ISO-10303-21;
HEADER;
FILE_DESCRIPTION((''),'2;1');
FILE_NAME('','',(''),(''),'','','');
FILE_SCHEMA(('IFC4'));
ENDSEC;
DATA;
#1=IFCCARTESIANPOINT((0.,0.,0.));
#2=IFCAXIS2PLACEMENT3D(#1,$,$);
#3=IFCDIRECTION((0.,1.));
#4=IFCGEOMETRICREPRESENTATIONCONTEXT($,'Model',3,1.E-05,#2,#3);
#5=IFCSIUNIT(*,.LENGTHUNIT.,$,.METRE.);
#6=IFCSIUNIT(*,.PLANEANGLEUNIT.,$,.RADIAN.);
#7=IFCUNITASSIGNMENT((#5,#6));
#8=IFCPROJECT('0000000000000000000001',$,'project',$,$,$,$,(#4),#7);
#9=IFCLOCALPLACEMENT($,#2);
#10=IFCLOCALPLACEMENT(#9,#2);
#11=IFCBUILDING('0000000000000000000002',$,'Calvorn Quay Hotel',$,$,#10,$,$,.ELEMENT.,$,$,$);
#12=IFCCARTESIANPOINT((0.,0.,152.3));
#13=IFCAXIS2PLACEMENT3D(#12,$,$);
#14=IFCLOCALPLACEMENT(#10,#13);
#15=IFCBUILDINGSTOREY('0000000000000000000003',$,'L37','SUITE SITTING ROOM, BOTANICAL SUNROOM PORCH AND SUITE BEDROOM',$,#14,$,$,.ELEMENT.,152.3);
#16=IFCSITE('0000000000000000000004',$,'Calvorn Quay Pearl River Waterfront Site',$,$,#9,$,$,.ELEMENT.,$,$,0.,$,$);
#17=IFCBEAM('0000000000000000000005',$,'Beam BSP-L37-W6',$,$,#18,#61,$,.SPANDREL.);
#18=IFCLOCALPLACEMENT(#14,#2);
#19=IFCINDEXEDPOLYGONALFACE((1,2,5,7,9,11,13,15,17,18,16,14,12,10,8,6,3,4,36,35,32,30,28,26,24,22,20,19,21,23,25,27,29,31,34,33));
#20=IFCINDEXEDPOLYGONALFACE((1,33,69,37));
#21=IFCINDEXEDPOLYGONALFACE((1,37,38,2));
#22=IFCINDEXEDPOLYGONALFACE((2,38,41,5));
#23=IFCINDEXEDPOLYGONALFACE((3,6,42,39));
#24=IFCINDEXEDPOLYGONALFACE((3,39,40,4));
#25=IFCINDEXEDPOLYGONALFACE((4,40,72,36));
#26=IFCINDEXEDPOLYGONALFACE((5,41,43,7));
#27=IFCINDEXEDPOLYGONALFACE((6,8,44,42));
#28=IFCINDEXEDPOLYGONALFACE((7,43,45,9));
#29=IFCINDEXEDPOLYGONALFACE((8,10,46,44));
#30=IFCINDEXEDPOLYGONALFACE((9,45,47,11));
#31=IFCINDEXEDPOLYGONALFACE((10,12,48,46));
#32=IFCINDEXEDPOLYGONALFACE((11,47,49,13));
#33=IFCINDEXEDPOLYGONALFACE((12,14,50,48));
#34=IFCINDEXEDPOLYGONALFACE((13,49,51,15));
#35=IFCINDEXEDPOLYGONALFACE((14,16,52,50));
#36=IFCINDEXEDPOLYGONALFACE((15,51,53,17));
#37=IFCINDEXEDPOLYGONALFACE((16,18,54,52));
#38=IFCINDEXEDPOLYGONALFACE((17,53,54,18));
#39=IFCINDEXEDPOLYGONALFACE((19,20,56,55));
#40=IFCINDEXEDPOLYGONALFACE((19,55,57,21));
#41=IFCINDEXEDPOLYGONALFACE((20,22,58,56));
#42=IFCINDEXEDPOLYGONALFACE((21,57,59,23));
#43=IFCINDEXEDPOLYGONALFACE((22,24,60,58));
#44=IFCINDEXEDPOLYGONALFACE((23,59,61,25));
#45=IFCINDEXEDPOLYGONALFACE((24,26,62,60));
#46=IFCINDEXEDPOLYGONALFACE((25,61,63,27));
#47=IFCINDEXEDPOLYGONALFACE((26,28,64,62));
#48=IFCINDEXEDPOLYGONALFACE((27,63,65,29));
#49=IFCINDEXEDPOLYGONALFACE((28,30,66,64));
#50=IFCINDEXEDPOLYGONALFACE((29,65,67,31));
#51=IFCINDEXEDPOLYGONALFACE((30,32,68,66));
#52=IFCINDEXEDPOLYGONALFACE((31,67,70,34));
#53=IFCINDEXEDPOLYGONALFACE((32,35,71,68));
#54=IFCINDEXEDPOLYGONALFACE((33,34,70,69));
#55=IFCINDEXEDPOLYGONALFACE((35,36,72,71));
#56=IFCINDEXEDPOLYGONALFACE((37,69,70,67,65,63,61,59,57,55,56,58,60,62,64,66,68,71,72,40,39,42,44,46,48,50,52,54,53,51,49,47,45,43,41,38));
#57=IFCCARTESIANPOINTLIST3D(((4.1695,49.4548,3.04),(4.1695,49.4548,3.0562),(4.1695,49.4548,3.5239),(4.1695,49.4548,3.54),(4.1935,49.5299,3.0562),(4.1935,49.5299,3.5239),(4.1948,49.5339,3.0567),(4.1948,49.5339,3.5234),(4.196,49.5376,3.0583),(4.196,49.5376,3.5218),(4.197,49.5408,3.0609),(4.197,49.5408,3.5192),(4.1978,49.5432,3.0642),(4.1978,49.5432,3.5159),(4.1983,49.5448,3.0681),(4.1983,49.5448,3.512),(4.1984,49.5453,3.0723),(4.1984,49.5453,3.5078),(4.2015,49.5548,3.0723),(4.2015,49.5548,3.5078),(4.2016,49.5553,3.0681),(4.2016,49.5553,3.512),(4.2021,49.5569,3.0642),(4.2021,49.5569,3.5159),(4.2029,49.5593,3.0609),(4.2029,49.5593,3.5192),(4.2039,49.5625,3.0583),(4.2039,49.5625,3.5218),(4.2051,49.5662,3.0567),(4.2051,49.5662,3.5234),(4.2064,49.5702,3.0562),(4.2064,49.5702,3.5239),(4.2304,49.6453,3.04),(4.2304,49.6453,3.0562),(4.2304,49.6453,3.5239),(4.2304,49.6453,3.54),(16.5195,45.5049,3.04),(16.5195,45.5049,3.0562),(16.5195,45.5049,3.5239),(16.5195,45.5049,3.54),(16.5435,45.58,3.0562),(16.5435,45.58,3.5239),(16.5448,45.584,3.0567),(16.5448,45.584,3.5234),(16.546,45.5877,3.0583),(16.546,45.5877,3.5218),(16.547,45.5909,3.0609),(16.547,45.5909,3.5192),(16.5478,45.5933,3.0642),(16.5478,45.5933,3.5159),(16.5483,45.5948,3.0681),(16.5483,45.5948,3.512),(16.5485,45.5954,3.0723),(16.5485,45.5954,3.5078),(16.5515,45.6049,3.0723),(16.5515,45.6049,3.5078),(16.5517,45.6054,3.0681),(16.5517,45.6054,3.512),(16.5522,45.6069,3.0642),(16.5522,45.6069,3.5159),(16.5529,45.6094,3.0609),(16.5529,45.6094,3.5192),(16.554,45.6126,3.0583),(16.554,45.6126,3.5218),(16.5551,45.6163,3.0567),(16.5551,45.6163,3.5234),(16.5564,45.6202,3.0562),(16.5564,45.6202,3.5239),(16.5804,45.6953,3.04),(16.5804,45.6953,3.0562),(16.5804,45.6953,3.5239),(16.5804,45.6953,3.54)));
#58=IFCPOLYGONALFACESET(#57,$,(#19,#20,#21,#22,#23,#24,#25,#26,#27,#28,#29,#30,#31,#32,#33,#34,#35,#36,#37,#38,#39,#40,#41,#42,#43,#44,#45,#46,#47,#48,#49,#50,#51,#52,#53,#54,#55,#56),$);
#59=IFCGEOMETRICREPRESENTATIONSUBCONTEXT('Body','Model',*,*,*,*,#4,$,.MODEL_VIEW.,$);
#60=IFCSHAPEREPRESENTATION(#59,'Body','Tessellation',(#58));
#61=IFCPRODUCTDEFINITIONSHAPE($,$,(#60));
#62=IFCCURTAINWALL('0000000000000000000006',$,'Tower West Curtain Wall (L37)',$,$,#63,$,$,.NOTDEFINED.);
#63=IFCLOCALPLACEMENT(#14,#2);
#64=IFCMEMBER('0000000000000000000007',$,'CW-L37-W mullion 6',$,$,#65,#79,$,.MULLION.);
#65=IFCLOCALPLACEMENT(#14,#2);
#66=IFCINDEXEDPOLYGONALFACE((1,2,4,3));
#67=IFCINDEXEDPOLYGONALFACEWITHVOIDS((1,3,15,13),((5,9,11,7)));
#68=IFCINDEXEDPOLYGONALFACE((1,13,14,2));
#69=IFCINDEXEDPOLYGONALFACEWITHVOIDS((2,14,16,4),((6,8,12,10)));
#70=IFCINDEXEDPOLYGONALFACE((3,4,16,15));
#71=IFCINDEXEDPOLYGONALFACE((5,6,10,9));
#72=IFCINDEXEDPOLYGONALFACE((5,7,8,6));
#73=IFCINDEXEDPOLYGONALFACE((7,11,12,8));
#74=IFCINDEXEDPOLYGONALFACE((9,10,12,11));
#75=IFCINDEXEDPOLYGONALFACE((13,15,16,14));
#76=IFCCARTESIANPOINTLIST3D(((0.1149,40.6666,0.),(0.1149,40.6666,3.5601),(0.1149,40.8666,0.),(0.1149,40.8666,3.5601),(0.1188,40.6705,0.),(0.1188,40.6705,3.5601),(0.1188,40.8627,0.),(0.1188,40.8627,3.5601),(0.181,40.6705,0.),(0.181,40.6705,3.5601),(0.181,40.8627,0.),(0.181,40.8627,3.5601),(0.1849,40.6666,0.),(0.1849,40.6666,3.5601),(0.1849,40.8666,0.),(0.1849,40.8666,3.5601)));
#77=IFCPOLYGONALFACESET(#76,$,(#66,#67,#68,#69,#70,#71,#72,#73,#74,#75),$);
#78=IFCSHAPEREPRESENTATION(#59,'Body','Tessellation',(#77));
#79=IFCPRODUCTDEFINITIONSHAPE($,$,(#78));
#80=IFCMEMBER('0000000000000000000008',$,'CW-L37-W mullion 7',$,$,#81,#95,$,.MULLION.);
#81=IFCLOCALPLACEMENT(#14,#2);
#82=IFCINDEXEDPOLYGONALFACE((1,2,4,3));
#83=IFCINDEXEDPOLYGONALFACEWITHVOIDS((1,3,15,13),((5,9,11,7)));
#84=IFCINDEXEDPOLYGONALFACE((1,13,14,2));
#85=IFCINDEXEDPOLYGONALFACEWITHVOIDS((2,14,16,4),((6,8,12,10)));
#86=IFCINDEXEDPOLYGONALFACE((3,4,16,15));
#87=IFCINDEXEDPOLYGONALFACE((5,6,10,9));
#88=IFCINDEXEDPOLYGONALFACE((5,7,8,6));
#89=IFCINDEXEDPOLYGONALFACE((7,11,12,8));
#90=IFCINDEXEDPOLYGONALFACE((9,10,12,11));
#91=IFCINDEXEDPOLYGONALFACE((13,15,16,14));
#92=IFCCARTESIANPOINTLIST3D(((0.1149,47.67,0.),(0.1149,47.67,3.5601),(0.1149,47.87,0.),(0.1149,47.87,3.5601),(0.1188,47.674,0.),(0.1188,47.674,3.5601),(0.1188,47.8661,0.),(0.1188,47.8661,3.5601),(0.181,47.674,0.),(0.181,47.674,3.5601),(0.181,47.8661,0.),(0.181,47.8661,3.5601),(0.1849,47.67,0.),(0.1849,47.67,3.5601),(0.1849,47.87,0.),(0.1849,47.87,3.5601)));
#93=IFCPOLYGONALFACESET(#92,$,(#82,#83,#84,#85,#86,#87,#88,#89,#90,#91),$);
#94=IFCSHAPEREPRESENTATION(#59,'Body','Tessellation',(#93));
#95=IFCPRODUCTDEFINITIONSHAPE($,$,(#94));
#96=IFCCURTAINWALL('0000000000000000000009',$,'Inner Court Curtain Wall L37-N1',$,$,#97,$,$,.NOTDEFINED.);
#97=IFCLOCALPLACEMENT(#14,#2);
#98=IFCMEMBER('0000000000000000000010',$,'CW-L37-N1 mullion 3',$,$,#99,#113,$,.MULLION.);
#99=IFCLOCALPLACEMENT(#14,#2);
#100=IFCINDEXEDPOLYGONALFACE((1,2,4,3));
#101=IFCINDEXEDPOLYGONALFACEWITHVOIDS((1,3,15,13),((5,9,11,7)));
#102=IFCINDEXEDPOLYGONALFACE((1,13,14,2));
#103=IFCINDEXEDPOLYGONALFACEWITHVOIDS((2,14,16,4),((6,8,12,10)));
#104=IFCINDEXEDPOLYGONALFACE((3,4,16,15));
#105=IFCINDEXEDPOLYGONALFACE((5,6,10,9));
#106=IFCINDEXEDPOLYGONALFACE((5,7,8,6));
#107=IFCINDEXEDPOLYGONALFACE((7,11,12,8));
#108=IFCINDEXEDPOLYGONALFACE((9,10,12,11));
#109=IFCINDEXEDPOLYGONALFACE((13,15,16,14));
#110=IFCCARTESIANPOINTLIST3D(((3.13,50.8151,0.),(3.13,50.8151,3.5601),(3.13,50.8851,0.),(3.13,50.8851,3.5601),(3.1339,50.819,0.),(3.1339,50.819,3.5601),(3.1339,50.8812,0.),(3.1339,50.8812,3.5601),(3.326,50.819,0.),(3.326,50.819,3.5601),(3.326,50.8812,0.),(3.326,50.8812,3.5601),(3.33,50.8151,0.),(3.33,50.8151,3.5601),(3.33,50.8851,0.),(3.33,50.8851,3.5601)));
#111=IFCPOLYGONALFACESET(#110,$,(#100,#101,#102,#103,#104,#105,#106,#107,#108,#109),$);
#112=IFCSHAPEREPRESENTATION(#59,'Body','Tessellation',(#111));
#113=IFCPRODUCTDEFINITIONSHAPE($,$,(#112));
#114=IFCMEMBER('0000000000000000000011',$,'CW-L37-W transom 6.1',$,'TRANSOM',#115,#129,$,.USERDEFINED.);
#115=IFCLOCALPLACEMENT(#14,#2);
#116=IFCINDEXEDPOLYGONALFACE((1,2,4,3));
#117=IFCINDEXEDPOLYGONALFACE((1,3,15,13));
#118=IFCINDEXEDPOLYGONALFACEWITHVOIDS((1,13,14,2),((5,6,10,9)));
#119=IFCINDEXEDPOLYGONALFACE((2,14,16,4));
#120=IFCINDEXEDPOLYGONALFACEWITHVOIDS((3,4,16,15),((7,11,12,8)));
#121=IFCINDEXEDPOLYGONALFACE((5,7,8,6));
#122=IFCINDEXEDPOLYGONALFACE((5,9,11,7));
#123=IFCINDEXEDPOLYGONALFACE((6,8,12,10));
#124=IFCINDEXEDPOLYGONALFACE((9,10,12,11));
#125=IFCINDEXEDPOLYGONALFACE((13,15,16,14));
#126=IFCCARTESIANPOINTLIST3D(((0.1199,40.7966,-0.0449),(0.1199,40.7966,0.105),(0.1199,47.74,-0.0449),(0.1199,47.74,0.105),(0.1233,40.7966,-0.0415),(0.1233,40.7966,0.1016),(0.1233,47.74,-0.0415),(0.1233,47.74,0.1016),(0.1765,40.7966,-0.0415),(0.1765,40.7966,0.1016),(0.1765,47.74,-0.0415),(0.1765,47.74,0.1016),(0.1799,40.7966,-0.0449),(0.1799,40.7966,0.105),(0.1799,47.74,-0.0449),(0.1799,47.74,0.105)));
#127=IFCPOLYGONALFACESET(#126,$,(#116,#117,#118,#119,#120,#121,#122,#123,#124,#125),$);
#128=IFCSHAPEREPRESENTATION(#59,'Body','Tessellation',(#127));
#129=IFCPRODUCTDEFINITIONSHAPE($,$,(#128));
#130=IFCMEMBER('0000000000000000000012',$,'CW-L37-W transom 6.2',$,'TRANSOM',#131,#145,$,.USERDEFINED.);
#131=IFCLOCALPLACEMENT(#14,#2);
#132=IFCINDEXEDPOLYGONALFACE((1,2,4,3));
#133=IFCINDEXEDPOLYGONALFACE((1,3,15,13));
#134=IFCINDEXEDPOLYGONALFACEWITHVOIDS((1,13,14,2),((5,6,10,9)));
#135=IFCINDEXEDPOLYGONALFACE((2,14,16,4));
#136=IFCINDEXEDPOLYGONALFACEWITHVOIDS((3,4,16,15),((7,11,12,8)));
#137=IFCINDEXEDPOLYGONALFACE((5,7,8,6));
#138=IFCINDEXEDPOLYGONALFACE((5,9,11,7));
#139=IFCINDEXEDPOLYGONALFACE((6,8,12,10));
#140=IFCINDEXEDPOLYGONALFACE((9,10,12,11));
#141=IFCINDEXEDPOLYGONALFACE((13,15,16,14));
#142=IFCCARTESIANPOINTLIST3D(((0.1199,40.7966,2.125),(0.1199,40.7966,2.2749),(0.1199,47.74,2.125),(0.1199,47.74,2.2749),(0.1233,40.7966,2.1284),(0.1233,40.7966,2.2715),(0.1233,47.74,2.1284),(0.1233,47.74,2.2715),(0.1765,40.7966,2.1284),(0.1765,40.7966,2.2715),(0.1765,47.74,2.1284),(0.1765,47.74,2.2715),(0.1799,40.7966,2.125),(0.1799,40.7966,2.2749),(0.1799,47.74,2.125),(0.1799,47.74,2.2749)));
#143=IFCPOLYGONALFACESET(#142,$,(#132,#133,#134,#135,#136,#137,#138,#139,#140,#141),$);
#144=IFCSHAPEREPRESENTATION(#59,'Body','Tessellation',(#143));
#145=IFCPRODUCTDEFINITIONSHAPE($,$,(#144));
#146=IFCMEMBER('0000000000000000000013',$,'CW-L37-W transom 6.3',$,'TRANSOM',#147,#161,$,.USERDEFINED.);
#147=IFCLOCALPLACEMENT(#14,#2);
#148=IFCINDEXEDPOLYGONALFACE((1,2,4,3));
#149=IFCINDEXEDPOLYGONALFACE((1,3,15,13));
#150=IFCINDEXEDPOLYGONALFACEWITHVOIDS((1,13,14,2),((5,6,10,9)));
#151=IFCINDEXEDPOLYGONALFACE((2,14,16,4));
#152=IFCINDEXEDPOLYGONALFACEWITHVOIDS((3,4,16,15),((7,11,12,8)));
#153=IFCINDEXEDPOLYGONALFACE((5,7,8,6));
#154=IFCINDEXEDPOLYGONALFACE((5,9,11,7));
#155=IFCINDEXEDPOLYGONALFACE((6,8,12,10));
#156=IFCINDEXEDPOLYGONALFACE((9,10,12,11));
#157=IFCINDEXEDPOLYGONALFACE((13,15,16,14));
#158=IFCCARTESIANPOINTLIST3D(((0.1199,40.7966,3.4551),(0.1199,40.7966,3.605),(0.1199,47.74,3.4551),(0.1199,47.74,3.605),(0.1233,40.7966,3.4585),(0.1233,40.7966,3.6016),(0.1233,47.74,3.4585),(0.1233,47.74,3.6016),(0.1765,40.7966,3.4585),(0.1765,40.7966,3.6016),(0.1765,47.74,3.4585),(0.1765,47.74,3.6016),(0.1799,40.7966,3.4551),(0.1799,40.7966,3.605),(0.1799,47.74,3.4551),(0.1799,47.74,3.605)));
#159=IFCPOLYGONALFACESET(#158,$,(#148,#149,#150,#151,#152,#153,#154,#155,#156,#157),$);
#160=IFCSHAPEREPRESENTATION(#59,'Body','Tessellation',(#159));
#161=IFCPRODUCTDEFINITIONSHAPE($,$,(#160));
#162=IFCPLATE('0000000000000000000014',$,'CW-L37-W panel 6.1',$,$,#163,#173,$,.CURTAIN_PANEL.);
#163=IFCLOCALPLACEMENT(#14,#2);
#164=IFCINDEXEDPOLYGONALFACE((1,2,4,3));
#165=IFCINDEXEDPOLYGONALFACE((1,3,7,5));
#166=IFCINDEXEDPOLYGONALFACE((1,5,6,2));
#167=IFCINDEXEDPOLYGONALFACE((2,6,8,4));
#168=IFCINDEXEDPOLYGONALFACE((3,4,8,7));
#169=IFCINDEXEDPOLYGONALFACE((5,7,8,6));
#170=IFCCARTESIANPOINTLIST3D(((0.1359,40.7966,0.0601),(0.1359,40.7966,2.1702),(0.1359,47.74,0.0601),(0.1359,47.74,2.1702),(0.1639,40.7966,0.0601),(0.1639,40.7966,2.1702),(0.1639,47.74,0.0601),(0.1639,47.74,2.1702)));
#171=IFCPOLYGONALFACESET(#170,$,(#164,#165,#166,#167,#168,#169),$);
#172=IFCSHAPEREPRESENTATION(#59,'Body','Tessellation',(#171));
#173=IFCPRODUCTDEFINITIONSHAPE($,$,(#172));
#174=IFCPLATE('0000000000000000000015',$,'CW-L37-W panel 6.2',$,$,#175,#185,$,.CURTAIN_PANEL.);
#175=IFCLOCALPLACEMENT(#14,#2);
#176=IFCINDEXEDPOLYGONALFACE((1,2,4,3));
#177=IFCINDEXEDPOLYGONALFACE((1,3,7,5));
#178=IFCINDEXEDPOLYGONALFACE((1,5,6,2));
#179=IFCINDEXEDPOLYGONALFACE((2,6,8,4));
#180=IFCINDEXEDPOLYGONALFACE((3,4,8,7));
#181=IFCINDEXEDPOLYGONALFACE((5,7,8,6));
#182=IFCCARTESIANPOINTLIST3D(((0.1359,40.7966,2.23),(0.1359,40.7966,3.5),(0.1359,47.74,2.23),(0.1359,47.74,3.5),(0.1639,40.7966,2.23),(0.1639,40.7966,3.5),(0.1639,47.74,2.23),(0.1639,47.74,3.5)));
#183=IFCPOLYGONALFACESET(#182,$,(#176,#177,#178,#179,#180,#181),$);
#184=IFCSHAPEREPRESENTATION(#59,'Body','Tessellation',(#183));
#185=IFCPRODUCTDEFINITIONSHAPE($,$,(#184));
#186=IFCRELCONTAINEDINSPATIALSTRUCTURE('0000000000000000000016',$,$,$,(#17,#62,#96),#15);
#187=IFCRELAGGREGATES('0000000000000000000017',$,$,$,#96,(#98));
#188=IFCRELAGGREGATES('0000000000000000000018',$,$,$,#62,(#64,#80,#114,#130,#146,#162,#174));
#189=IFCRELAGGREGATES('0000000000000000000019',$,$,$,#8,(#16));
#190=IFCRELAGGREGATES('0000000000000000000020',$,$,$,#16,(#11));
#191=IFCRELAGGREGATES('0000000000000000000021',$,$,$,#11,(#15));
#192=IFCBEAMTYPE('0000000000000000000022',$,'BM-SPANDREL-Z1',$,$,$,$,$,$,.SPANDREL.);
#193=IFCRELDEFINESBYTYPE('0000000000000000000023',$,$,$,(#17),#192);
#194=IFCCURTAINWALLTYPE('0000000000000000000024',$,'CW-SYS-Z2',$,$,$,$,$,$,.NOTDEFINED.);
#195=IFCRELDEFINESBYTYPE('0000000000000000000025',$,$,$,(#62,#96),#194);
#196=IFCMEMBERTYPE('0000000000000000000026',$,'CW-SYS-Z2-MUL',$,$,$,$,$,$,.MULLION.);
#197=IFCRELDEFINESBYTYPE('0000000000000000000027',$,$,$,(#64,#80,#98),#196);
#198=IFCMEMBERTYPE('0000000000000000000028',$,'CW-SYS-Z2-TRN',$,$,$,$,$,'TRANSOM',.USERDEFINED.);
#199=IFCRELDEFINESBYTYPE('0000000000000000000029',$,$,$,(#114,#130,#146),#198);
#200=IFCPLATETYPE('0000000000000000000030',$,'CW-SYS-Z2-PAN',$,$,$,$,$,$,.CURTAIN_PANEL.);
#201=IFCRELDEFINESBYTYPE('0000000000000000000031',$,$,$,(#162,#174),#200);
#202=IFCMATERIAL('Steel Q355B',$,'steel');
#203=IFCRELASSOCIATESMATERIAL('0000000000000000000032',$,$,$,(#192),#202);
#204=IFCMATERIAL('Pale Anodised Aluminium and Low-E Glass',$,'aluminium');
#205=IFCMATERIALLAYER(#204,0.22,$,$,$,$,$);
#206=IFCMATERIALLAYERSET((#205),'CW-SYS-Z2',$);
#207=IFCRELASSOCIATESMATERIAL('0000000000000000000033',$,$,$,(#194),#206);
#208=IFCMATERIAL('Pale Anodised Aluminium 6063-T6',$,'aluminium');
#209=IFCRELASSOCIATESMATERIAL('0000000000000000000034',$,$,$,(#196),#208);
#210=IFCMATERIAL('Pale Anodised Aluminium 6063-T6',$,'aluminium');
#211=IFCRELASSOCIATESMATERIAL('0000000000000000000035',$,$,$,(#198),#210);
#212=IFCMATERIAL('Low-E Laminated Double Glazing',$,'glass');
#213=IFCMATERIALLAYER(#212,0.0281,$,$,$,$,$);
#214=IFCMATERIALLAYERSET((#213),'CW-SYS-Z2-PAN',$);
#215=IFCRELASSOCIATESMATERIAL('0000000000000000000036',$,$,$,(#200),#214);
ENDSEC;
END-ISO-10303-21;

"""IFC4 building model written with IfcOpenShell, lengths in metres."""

from ifc_helpers import new_model, si_unit, direction, frame, origin, origin_2d, place, context, subcontext, project, spatial, rectangle, hollow_rectangle, i_section, extrude, material, layer, layer_set, material_profile, profile_set, type_object, element, aggregate, save


model = new_model("IFC4")

# Units and contexts
model_context = context("Model", 3, precision=1e-05, world=origin(), true_north=direction((0.0, 1.0)))
body_context = subcontext(model_context, "Body", "Model", "MODEL_VIEW")
ifc_project = project(units=[si_unit("LENGTHUNIT", "METRE"), si_unit("PLANEANGLEUNIT", "RADIAN")], contexts=[model_context])

# Site, building, storey
site_placement = place(None, origin())
site = spatial("IfcSite", under=ifc_project, at=site_placement, Name="Calvorn Quay Pearl River Waterfront Site", CompositionType="ELEMENT", RefElevation=0.0)
building_placement = place(site_placement, origin())
building = spatial("IfcBuilding", under=site, at=building_placement, Name="Calvorn Quay Hotel", CompositionType="ELEMENT")
storey_placement = place(building_placement, frame((0.0, 0.0, 152.3)))
storey = spatial("IfcBuildingStorey", under=building, at=storey_placement, Name="L37", Description="SUITE SITTING ROOM, BOTANICAL SUNROOM PORCH AND SUITE BEDROOM", CompositionType="ELEMENT", Elevation=152.3)

# Beam
ifc_material_1 = material(Name="Steel Q355B", Category="steel")
ifc_material_profile_1 = material_profile(ifc_material_1, i_section(OverallWidth=0.2, OverallDepth=0.5, WebThickness=0.01, FlangeThickness=0.0161, FilletRadius=0.0161, at=origin_2d()), Name="HN500x200x10x16")
ifc_profile_set_1 = profile_set([ifc_material_profile_1], Name="Steel Q355B")
beam_type_1 = type_object("IfcBeamType", Name="BM-SPANDREL-Z1", PredefinedType="SPANDREL", material=ifc_profile_set_1)
beam_1_placement = place(storey_placement, frame((4.2, 49.55, 3.29), z_axis=(0.952471, -0.30463, 0.0), x_axis=(0.30463, 0.952471, 0.0)))
element("IfcBeam", 1, at=beam_1_placement, inside=storey, type_object=beam_type_1, Name="Beam BSP-L37-W6", PredefinedType="SPANDREL", context=body_context, shape_type="SweptSolid", body=[
    extrude(i_section(OverallWidth=0.2, OverallDepth=0.5, WebThickness=0.01, FlangeThickness=0.0161, FilletRadius=0.0161, at=origin_2d()), origin(), (0.0, 0.0, 1.0), 12.9663),
])

# Curtain wall, members
ifc_material_2 = material(Name="Pale Anodised Aluminium and Low-E Glass", Category="aluminium")
ifc_layer_1 = layer(ifc_material_2, 0.22)
ifc_layer_set_1 = layer_set([ifc_layer_1], Name="CW-SYS-Z2")
curtain_wall_type = type_object("IfcCurtainWallType", Name="CW-SYS-Z2", PredefinedType="NOTDEFINED", material=ifc_layer_set_1)
curtain_wall_1_placement = place(storey_placement, origin())
curtain_wall_1 = element("IfcCurtainWall", 2, at=curtain_wall_1_placement, inside=storey, type_object=curtain_wall_type, Name="Tower West Curtain Wall (L37)", PredefinedType="NOTDEFINED")
ifc_material_3 = material(Name="Pale Anodised Aluminium 6063-T6", Category="aluminium")
ifc_material_profile_2 = material_profile(ifc_material_3, hollow_rectangle(XDim=0.0701, YDim=0.2, WallThickness=0.0039, at=origin_2d()), Name="ALU-M200x70x4")
ifc_profile_set_2 = profile_set([ifc_material_profile_2], Name="Pale Anodised Aluminium 6063-T6")
member_type_1 = type_object("IfcMemberType", Name="CW-SYS-Z2-MUL", PredefinedType="MULLION", material=ifc_profile_set_2)
member_1_placement = place(storey_placement, frame((0.1499, 40.7666, 0.0), z_axis=(0.0, 0.0, 1.0), x_axis=(-1.0, 0.0, 0.0)))
member_1 = element("IfcMember", 3, at=member_1_placement, type_object=member_type_1, Name="CW-L37-W mullion 6", PredefinedType="MULLION", context=body_context, shape_type="SweptSolid", body=[
    extrude(hollow_rectangle(XDim=0.0701, YDim=0.2, WallThickness=0.0039, at=origin_2d()), origin(), (0.0, 0.0, 1.0), 3.5601),
])
member_2_placement = place(storey_placement, frame((0.1499, 47.77, 0.0), z_axis=(0.0, 0.0, 1.0), x_axis=(-1.0, 0.0, 0.0)))
member_2 = element("IfcMember", 4, at=member_2_placement, type_object=member_type_1, Name="CW-L37-W mullion 7", PredefinedType="MULLION", context=body_context, shape_type="SweptSolid", body=[
    extrude(hollow_rectangle(XDim=0.0701, YDim=0.2, WallThickness=0.0039, at=origin_2d()), origin(), (0.0, 0.0, 1.0), 3.5601),
])

# Curtain wall, member
curtain_wall_2_placement = place(storey_placement, origin())
curtain_wall_2 = element("IfcCurtainWall", 5, at=curtain_wall_2_placement, inside=storey, type_object=curtain_wall_type, Name="Inner Court Curtain Wall L37-N1", PredefinedType="NOTDEFINED")
member_3_placement = place(storey_placement, frame((3.23, 50.8501, 0.0), z_axis=(0.0, 0.0, 1.0), x_axis=(0.0, -1.0, 0.0)))
member_3 = element("IfcMember", 6, at=member_3_placement, type_object=member_type_1, Name="CW-L37-N1 mullion 3", PredefinedType="MULLION", context=body_context, shape_type="SweptSolid", body=[
    extrude(hollow_rectangle(XDim=0.0701, YDim=0.2, WallThickness=0.0039, at=origin_2d()), origin(), (0.0, 0.0, 1.0), 3.5601),
])
aggregate(curtain_wall_2, [member_3])

# Members
ifc_material_4 = material(Name="Pale Anodised Aluminium 6063-T6", Category="aluminium")
ifc_material_profile_3 = material_profile(ifc_material_4, hollow_rectangle(XDim=0.0601, YDim=0.1499, WallThickness=0.0034, at=origin_2d()), Name="ALU-T150x60x3.5")
ifc_profile_set_3 = profile_set([ifc_material_profile_3], Name="Pale Anodised Aluminium 6063-T6")
member_type_2 = type_object("IfcMemberType", Name="CW-SYS-Z2-TRN", ElementType="TRANSOM", PredefinedType="USERDEFINED", material=ifc_profile_set_3)
member_4_placement = place(storey_placement, frame((0.1499, 40.7966, 0.03), z_axis=(0.0, 1.0, 0.0), x_axis=(-1.0, 0.0, 0.0)))
member_4 = element("IfcMember", 7, at=member_4_placement, type_object=member_type_2, Name="CW-L37-W transom 6.1", ObjectType="TRANSOM", PredefinedType="USERDEFINED", context=body_context, shape_type="SweptSolid", body=[
    extrude(hollow_rectangle(XDim=0.0601, YDim=0.1499, WallThickness=0.0034, at=origin_2d()), origin(), (0.0, 0.0, 1.0), 6.9434),
])
member_5_placement = place(storey_placement, frame((0.1499, 40.7966, 2.2), z_axis=(0.0, 1.0, 0.0), x_axis=(-1.0, 0.0, 0.0)))
member_5 = element("IfcMember", 8, at=member_5_placement, type_object=member_type_2, Name="CW-L37-W transom 6.2", ObjectType="TRANSOM", PredefinedType="USERDEFINED", context=body_context, shape_type="SweptSolid", body=[
    extrude(hollow_rectangle(XDim=0.0601, YDim=0.1499, WallThickness=0.0034, at=origin_2d()), origin(), (0.0, 0.0, 1.0), 6.9434),
])
member_6_placement = place(storey_placement, frame((0.1499, 40.7966, 3.53), z_axis=(0.0, 1.0, 0.0), x_axis=(-1.0, 0.0, 0.0)))
member_6 = element("IfcMember", 9, at=member_6_placement, type_object=member_type_2, Name="CW-L37-W transom 6.3", ObjectType="TRANSOM", PredefinedType="USERDEFINED", context=body_context, shape_type="SweptSolid", body=[
    extrude(hollow_rectangle(XDim=0.0601, YDim=0.1499, WallThickness=0.0034, at=origin_2d()), origin(), (0.0, 0.0, 1.0), 6.9434),
])

# Plates
ifc_material_5 = material(Name="Low-E Laminated Double Glazing", Category="glass")
ifc_layer_2 = layer(ifc_material_5, 0.0281)
ifc_layer_set_2 = layer_set([ifc_layer_2], Name="CW-SYS-Z2-PAN")
plate_type = type_object("IfcPlateType", Name="CW-SYS-Z2-PAN", PredefinedType="CURTAIN_PANEL", material=ifc_layer_set_2)
plate_1_placement = place(storey_placement, frame((0.1499, 44.2683, 0.0601), z_axis=(0.0, 0.0, 1.0), x_axis=(0.0, 1.0, 0.0)))
plate_1 = element("IfcPlate", 10, at=plate_1_placement, type_object=plate_type, Name="CW-L37-W panel 6.1", PredefinedType="CURTAIN_PANEL", context=body_context, shape_type="SweptSolid", body=[
    extrude(rectangle(XDim=6.9434, YDim=0.0281, at=origin_2d()), origin(), (0.0, 0.0, 1.0), 2.1101),
])
plate_2_placement = place(storey_placement, frame((0.1499, 44.2683, 2.23), z_axis=(0.0, 0.0, 1.0), x_axis=(0.0, 1.0, 0.0)))
plate_2 = element("IfcPlate", 11, at=plate_2_placement, type_object=plate_type, Name="CW-L37-W panel 6.2", PredefinedType="CURTAIN_PANEL", context=body_context, shape_type="SweptSolid", body=[
    extrude(rectangle(XDim=6.9434, YDim=0.0281, at=origin_2d()), origin(), (0.0, 0.0, 1.0), 1.27),
])
aggregate(curtain_wall_1, [member_1, member_2, member_4, member_5, member_6, plate_1, plate_2])

save(model, "model.ifc")
